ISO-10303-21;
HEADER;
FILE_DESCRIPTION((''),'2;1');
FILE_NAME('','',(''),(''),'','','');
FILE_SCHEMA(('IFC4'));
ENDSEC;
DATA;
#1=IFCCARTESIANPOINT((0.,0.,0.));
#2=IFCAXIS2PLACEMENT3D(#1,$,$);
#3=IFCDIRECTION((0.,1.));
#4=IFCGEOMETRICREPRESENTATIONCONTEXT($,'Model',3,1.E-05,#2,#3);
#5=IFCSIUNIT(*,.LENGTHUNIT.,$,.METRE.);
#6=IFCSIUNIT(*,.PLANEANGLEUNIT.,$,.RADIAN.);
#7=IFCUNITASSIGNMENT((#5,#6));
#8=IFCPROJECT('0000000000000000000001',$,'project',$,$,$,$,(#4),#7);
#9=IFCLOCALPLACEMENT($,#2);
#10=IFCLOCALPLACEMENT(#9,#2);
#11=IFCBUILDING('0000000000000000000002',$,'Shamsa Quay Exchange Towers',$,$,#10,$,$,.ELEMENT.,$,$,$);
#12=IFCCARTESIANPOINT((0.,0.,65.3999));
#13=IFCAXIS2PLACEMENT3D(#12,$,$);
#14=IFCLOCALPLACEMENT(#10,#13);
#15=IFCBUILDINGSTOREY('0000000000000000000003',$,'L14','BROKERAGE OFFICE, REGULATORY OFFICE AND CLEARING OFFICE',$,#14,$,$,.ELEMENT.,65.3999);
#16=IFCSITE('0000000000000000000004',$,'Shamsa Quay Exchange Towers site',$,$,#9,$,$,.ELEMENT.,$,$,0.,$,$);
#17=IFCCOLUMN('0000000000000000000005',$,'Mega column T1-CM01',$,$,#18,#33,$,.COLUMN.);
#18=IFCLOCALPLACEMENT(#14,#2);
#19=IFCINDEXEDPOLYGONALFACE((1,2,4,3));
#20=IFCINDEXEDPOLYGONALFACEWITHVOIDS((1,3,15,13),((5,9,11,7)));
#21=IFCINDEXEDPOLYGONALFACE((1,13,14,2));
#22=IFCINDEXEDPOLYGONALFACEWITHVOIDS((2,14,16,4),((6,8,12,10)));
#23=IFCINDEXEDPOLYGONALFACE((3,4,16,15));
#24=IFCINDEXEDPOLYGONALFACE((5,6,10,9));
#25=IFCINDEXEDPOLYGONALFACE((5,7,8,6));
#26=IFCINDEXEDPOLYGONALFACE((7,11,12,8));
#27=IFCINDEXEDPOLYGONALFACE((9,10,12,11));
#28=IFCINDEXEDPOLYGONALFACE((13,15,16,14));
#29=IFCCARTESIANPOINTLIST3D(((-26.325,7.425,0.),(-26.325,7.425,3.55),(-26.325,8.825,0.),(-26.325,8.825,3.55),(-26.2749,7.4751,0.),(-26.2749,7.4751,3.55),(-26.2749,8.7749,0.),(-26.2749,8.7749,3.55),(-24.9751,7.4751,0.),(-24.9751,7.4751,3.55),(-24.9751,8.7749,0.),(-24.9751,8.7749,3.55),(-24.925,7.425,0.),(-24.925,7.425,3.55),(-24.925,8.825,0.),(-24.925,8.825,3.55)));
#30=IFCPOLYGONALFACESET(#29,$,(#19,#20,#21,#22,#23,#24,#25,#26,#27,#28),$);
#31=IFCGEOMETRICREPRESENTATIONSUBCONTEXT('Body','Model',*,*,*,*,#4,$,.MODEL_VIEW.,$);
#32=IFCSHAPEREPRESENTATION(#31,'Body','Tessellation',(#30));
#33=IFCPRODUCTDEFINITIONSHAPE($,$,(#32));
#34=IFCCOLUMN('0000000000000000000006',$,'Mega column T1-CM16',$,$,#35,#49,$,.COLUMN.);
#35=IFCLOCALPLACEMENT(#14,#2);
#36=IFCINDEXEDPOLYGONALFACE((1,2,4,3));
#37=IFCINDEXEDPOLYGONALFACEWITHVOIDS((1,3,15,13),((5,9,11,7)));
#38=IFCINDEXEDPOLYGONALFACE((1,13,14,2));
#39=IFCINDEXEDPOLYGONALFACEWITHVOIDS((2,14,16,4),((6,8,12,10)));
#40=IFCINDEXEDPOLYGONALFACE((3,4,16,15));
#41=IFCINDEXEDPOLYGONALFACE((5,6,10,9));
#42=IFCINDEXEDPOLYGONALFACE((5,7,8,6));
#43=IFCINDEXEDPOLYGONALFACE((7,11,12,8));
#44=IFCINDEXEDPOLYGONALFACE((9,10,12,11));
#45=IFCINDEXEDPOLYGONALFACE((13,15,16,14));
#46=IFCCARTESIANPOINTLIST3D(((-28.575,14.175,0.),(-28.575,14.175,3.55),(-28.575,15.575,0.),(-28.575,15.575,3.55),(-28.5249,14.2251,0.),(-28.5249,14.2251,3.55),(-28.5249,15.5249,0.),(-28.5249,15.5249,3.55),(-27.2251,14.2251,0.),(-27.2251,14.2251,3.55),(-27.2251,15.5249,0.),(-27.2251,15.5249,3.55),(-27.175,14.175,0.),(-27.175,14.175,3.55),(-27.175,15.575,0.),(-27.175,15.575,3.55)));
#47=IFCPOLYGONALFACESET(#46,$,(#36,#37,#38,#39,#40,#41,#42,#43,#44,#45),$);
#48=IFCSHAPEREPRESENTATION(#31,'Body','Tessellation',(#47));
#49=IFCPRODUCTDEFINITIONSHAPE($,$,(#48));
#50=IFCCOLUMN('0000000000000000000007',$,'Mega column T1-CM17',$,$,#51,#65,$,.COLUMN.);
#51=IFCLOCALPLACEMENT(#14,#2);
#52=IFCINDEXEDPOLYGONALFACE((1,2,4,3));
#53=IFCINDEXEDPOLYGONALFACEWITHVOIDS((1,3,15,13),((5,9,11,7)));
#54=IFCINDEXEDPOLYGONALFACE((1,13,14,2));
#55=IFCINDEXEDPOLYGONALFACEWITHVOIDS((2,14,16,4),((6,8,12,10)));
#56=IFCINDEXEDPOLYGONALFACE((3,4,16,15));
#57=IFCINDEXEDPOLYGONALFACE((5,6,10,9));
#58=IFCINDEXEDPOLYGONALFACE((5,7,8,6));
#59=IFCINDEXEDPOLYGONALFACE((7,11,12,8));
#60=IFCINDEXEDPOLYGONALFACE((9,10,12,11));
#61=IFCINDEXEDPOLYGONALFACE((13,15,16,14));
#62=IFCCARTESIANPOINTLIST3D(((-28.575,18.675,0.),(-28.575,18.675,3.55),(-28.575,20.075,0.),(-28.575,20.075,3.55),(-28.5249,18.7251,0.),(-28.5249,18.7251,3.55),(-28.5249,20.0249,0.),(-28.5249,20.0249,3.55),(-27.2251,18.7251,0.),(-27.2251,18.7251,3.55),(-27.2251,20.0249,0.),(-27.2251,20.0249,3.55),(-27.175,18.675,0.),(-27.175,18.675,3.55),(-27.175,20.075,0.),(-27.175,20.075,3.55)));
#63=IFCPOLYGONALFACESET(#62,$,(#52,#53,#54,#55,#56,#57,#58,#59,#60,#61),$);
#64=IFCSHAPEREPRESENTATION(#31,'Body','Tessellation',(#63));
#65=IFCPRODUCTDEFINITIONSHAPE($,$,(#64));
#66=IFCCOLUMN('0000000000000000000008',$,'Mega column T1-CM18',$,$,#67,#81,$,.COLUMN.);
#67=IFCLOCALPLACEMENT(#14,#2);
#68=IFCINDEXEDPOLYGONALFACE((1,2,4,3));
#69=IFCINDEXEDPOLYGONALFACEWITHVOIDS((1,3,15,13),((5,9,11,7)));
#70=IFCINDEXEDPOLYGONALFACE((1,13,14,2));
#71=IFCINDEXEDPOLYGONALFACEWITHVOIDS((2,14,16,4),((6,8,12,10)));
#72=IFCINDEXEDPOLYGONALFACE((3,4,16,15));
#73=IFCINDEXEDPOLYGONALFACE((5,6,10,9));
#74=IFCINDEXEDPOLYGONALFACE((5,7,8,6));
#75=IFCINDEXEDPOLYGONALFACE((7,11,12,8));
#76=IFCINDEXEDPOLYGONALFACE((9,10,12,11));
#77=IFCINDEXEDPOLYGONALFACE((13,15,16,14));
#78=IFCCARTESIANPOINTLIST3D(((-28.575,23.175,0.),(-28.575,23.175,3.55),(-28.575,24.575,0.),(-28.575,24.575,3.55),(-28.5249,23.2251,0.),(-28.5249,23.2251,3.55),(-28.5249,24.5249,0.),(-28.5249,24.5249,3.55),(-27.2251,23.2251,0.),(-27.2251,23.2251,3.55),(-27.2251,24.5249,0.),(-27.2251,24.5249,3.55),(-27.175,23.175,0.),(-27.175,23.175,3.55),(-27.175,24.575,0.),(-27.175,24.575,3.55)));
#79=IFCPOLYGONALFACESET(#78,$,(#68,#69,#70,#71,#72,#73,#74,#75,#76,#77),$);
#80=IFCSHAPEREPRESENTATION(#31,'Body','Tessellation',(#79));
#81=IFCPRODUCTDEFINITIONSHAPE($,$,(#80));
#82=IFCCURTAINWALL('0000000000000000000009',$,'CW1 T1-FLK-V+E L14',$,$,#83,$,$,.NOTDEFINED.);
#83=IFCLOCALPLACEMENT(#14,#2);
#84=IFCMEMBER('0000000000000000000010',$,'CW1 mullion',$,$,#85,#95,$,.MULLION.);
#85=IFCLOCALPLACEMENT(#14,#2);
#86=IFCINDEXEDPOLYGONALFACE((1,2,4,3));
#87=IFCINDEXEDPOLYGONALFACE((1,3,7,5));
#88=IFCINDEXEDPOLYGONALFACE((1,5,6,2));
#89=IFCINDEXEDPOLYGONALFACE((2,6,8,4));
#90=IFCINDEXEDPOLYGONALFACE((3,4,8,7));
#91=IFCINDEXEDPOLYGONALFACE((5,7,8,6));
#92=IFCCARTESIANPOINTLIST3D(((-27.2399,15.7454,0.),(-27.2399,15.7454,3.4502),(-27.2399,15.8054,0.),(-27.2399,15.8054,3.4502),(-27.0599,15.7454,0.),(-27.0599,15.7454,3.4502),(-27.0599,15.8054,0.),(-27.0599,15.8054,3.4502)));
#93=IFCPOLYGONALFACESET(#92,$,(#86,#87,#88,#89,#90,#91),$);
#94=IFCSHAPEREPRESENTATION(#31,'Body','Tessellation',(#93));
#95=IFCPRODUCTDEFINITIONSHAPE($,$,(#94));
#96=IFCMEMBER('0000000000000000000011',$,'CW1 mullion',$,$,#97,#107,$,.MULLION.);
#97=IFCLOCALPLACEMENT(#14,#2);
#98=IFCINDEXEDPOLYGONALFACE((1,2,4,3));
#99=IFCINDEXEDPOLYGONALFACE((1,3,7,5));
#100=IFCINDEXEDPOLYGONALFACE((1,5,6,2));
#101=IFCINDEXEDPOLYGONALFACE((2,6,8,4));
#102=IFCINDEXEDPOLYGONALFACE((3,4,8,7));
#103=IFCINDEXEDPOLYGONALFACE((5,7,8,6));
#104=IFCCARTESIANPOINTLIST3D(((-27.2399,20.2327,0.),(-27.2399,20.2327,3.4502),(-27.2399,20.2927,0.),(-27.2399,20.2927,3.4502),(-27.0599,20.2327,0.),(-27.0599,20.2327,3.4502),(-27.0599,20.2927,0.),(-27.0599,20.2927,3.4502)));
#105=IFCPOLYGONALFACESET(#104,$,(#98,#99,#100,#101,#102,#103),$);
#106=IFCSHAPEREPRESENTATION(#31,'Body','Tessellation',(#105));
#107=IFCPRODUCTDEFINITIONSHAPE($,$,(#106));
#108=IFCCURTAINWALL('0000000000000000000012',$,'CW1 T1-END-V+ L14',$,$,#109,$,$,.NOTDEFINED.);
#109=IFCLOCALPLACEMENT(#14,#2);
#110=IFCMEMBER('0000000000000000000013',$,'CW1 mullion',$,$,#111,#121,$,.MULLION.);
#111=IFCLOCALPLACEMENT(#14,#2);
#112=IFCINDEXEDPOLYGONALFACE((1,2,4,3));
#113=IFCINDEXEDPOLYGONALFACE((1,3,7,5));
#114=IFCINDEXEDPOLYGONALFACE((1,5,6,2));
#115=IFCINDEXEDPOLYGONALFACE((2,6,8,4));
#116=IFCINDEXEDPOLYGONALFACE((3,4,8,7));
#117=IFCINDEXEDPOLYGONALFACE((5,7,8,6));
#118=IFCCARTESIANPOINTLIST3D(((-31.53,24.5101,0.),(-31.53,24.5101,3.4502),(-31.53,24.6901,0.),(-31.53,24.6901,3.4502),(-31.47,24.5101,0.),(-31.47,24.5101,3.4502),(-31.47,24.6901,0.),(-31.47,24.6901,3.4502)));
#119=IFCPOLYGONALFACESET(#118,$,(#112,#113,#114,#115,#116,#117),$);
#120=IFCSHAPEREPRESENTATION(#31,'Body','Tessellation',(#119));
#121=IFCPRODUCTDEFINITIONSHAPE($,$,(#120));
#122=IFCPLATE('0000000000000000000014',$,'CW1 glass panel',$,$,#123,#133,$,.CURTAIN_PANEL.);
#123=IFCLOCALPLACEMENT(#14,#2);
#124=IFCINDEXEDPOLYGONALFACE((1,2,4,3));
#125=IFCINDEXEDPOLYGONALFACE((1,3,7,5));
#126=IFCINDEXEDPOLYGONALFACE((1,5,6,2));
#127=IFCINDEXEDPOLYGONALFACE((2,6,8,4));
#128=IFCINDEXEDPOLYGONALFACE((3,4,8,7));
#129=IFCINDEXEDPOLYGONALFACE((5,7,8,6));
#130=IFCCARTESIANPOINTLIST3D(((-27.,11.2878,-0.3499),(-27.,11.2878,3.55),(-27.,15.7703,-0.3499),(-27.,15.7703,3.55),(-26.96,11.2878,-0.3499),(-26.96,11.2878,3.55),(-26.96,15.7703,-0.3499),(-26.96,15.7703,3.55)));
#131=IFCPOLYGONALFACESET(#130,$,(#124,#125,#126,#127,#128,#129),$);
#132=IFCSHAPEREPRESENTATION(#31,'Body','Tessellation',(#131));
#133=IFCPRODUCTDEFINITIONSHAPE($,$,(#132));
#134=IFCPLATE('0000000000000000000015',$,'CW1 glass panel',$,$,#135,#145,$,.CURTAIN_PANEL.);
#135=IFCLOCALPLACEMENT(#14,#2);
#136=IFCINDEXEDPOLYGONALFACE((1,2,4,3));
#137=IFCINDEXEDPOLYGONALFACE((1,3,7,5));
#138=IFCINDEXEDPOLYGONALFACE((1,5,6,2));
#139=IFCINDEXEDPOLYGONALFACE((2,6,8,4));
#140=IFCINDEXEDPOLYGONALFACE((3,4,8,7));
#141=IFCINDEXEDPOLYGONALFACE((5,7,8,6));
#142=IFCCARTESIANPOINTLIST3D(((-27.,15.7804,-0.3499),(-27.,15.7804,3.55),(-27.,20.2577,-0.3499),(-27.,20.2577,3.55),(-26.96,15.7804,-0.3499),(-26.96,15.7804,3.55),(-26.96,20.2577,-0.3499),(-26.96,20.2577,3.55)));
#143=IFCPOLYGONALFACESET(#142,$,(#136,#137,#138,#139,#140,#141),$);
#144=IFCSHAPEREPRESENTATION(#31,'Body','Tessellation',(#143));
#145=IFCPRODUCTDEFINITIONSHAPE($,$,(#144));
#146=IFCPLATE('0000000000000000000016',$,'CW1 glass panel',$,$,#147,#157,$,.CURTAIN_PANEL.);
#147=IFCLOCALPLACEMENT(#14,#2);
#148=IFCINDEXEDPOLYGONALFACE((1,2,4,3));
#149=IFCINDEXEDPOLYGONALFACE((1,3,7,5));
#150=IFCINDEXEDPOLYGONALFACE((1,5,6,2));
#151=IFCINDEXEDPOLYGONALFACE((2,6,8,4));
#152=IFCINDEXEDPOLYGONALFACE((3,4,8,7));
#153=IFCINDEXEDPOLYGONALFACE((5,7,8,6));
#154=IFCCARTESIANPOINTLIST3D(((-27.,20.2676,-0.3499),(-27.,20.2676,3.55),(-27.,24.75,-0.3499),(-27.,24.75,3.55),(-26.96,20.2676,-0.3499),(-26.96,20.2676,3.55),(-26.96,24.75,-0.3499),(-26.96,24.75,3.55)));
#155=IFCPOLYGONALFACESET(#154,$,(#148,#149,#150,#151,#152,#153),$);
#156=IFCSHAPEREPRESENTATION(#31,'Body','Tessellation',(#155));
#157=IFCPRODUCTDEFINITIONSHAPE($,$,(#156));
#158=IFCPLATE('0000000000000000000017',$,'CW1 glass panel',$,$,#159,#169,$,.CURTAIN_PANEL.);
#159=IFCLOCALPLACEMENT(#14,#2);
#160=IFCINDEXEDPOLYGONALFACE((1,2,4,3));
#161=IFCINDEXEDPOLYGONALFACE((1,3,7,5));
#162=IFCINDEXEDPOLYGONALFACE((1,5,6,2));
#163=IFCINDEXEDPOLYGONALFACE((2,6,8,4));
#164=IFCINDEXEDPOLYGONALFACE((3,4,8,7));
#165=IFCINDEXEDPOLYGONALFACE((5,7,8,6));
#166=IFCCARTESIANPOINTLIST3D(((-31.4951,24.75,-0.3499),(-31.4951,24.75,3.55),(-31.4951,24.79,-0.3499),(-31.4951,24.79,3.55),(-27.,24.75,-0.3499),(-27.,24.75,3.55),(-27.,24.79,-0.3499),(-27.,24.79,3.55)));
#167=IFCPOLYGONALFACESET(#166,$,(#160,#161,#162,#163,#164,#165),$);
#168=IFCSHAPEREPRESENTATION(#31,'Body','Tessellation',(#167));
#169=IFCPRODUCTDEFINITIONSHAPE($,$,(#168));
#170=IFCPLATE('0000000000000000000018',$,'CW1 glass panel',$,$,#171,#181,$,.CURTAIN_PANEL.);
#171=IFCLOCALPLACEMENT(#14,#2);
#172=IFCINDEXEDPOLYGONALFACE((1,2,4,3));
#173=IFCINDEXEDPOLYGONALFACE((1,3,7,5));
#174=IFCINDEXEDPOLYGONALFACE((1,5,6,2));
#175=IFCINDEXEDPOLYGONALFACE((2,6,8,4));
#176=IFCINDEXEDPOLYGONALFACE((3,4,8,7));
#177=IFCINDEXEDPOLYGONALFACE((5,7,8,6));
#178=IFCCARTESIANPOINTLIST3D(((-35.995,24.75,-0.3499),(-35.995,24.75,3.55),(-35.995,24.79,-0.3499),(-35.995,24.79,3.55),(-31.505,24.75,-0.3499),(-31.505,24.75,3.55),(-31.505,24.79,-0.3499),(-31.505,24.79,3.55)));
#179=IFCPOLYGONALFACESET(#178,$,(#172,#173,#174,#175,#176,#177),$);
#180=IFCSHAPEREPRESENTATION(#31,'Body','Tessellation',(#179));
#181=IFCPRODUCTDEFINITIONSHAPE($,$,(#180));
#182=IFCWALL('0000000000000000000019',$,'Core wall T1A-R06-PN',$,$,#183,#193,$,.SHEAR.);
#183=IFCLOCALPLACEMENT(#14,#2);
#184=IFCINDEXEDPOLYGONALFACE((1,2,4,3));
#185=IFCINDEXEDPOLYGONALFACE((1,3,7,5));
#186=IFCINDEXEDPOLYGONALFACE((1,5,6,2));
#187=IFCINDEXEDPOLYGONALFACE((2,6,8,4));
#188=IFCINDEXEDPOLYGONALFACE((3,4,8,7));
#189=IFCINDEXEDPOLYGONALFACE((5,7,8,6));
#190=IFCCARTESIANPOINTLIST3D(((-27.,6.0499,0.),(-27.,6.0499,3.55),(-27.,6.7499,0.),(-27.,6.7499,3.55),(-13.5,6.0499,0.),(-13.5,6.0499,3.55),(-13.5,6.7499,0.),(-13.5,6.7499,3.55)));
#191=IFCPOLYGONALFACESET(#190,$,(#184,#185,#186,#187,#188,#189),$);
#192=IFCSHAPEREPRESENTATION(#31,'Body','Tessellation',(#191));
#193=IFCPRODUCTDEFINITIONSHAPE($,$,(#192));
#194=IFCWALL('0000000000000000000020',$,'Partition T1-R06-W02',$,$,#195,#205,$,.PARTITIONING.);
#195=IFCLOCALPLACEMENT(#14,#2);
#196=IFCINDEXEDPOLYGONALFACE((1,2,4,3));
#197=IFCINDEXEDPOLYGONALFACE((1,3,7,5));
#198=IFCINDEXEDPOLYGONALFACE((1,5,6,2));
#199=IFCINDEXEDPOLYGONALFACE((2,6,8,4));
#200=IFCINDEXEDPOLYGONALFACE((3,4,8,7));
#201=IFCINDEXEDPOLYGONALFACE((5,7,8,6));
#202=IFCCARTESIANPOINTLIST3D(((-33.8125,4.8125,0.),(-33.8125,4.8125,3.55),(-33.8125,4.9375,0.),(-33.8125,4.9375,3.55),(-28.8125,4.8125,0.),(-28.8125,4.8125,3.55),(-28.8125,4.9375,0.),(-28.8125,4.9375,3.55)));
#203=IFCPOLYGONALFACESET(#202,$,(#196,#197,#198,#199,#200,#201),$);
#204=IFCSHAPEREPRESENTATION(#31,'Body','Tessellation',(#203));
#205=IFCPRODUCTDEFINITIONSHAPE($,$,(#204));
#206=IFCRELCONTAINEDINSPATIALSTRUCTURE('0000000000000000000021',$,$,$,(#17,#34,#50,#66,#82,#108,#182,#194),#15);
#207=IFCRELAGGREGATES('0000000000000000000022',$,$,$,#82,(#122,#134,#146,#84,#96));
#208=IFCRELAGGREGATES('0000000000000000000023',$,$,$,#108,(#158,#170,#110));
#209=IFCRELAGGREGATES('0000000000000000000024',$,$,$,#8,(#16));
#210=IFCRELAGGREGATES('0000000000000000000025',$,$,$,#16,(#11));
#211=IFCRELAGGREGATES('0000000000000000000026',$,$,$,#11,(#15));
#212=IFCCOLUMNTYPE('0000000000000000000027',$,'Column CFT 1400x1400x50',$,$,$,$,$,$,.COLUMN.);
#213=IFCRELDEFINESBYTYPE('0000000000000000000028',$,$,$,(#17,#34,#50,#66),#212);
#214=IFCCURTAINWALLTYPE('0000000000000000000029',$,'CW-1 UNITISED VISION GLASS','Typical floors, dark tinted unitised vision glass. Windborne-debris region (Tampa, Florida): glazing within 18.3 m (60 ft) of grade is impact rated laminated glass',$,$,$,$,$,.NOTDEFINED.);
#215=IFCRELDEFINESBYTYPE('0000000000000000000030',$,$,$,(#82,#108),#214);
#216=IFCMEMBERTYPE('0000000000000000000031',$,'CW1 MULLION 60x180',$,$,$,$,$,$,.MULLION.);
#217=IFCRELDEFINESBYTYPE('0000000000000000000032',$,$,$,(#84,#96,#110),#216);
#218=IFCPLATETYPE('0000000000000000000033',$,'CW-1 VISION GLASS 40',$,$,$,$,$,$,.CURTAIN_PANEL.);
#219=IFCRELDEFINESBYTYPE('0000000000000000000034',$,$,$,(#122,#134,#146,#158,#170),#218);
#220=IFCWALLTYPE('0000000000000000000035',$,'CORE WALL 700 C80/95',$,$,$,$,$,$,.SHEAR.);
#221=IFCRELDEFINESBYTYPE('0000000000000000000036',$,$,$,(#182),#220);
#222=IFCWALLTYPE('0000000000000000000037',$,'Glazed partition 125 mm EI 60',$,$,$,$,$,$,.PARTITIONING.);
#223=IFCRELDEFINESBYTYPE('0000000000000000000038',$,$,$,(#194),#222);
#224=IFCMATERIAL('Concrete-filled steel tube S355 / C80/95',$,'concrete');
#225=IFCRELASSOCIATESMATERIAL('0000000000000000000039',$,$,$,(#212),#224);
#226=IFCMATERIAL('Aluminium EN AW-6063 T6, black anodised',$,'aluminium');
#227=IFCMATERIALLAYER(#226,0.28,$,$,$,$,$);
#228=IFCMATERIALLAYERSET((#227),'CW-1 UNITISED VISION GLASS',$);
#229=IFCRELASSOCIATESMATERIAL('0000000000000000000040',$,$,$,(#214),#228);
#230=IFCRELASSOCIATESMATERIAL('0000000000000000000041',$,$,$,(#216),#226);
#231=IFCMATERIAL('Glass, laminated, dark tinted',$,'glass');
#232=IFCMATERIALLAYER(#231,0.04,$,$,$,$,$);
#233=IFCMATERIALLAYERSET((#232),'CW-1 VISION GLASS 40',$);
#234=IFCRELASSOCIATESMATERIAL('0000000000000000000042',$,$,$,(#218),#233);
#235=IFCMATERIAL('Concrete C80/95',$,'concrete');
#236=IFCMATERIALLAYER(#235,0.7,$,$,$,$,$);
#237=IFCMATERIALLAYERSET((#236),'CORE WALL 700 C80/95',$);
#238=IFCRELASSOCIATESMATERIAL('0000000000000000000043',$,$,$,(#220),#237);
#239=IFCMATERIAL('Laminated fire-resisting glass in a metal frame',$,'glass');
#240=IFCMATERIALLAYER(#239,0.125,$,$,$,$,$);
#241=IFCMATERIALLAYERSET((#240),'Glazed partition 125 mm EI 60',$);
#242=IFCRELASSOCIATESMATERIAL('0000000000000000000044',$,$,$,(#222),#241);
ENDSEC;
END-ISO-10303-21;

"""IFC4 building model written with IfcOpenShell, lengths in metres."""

from ifc_helpers import new_model, si_unit, direction, frame, frame_2d, origin, origin_2d, place, context, subcontext, project, spatial, rectangle, hollow_rectangle, extrude, material, layer, layer_set, material_profile, profile_set, type_object, element, aggregate, save


model = new_model("IFC4")

# Units and contexts
model_context = context("Model", 3, precision=1e-05, world=origin(), true_north=direction((0.0, 1.0)))
body_context = subcontext(model_context, "Body", "Model", "MODEL_VIEW")
ifc_project = project(units=[si_unit("LENGTHUNIT", "METRE"), si_unit("PLANEANGLEUNIT", "RADIAN")], contexts=[model_context])

# Site, building, storey
site_placement = place(None, origin())
site = spatial("IfcSite", under=ifc_project, at=site_placement, Name="Shamsa Quay Exchange Towers site", CompositionType="ELEMENT", RefElevation=0.0)
building_placement = place(site_placement, origin())
building = spatial("IfcBuilding", under=site, at=building_placement, Name="Shamsa Quay Exchange Towers", CompositionType="ELEMENT")
storey_placement = place(building_placement, frame((0.0, 0.0, 65.3999)))
storey = spatial("IfcBuildingStorey", under=building, at=storey_placement, Name="L14", Description="BROKERAGE OFFICE, REGULATORY OFFICE AND CLEARING OFFICE", CompositionType="ELEMENT", Elevation=65.3999)

# Columns
ifc_material_1 = material(Name="Concrete-filled steel tube S355 / C80/95", Category="concrete")
ifc_material_profile_1 = material_profile(ifc_material_1, hollow_rectangle(XDim=1.3999, YDim=1.3999, WallThickness=0.05, at=origin_2d()), Name="CFT 1400x1400x50")
ifc_profile_set_1 = profile_set([ifc_material_profile_1], Name="Concrete-filled steel tube S355 / C80/95")
column_type = type_object("IfcColumnType", Name="Column CFT 1400x1400x50", PredefinedType="COLUMN", material=ifc_profile_set_1)
for number, where, name in (
    (1, (-25.625, 8.125, 0.0), "Mega column T1-CM01"),
    (2, (-27.875, 14.875, 0.0), "Mega column T1-CM16"),
    (3, (-27.875, 19.375, 0.0), "Mega column T1-CM17"),
    (4, (-27.875, 23.875, 0.0), "Mega column T1-CM18"),
):
    element("IfcColumn", number, at=place(storey_placement, frame(where)), inside=storey, type_object=column_type, Name=name, PredefinedType="COLUMN", context=body_context, shape_type="SweptSolid", body=[
        extrude(hollow_rectangle(XDim=1.3999, YDim=1.3999, WallThickness=0.05, at=origin_2d()), origin(), (0.0, 0.0, 1.0), 3.55),
    ])

# Curtain wall, members
ifc_material_2 = material(Name="Aluminium EN AW-6063 T6, black anodised", Category="aluminium")
ifc_layer_1 = layer(ifc_material_2, 0.28)
ifc_layer_set_1 = layer_set([ifc_layer_1], Name="CW-1 UNITISED VISION GLASS")
curtain_wall_type = type_object("IfcCurtainWallType", Name="CW-1 UNITISED VISION GLASS", Description="Typical floors, dark tinted unitised vision glass. Windborne-debris region (Tampa, Florida): glazing within 18.3 m (60 ft) of grade is impact rated laminated glass", PredefinedType="NOTDEFINED", material=ifc_layer_set_1)
curtain_wall_1_placement = place(storey_placement, origin())
curtain_wall_1 = element("IfcCurtainWall", 5, at=curtain_wall_1_placement, inside=storey, type_object=curtain_wall_type, Name="CW1 T1-FLK-V+E L14", PredefinedType="NOTDEFINED")
ifc_material_profile_2 = material_profile(ifc_material_2, rectangle(XDim=0.1799, YDim=0.0601, at=origin_2d()), Name="MU60x180")
ifc_profile_set_2 = profile_set([ifc_material_profile_2], Name="Aluminium EN AW-6063 T6, black anodised")
member_type = type_object("IfcMemberType", Name="CW1 MULLION 60x180", PredefinedType="MULLION", material=ifc_profile_set_2)
member_1_placement = place(storey_placement, frame((-27.1499, 15.7754, 0.0), z_axis=(0.0, 0.0, 1.0), x_axis=(-1.0, 0.0, 0.0)))
member_1 = element("IfcMember", 6, at=member_1_placement, type_object=member_type, Name="CW1 mullion", PredefinedType="MULLION", context=body_context, shape_type="SweptSolid", body=[
    extrude(rectangle(XDim=0.1799, YDim=0.0601, at=origin_2d()), origin(), (0.0, 0.0, 1.0), 3.4502),
])
member_2_placement = place(storey_placement, frame((-27.1499, 20.2627, 0.0), z_axis=(0.0, 0.0, 1.0), x_axis=(-1.0, 0.0, 0.0)))
member_2 = element("IfcMember", 7, at=member_2_placement, type_object=member_type, Name="CW1 mullion", PredefinedType="MULLION", context=body_context, shape_type="SweptSolid", body=[
    extrude(rectangle(XDim=0.1799, YDim=0.0601, at=origin_2d()), origin(), (0.0, 0.0, 1.0), 3.4502),
])

# Curtain wall, member
curtain_wall_2_placement = place(storey_placement, origin())
curtain_wall_2 = element("IfcCurtainWall", 8, at=curtain_wall_2_placement, inside=storey, type_object=curtain_wall_type, Name="CW1 T1-END-V+ L14", PredefinedType="NOTDEFINED")
member_3_placement = place(storey_placement, frame((-31.5, 24.6001, 0.0), z_axis=(0.0, 0.0, 1.0), x_axis=(0.0, -1.0, 0.0)))
member_3 = element("IfcMember", 9, at=member_3_placement, type_object=member_type, Name="CW1 mullion", PredefinedType="MULLION", context=body_context, shape_type="SweptSolid", body=[
    extrude(rectangle(XDim=0.1799, YDim=0.0601, at=origin_2d()), origin(), (0.0, 0.0, 1.0), 3.4502),
])

# Plates
ifc_material_3 = material(Name="Glass, laminated, dark tinted", Category="glass")
ifc_layer_2 = layer(ifc_material_3, 0.04)
ifc_layer_set_2 = layer_set([ifc_layer_2], Name="CW-1 VISION GLASS 40")
plate_type = type_object("IfcPlateType", Name="CW-1 VISION GLASS 40", PredefinedType="CURTAIN_PANEL", material=ifc_layer_set_2)
plate_1_placement = place(storey_placement, frame((-26.98, 13.5291, -0.3499), z_axis=(0.0, 0.0, 1.0), x_axis=(0.0, 1.0, 0.0)))
plate_1 = element("IfcPlate", 10, at=plate_1_placement, type_object=plate_type, Name="CW1 glass panel", PredefinedType="CURTAIN_PANEL", context=body_context, shape_type="SweptSolid", body=[
    extrude(rectangle(XDim=4.4824, YDim=0.04, at=origin_2d()), origin(), (0.0, 0.0, 1.0), 3.8999),
])
plate_2_placement = place(storey_placement, frame((-26.98, 18.019, -0.3499), z_axis=(0.0, 0.0, 1.0), x_axis=(0.0, 1.0, 0.0)))
plate_2 = element("IfcPlate", 11, at=plate_2_placement, type_object=plate_type, Name="CW1 glass panel", PredefinedType="CURTAIN_PANEL", context=body_context, shape_type="SweptSolid", body=[
    extrude(rectangle(XDim=4.4773, YDim=0.04, at=origin_2d()), origin(), (0.0, 0.0, 1.0), 3.8999),
])
plate_3_placement = place(storey_placement, frame((-26.98, 22.5088, -0.3499), z_axis=(0.0, 0.0, 1.0), x_axis=(0.0, 1.0, 0.0)))
plate_3 = element("IfcPlate", 12, at=plate_3_placement, type_object=plate_type, Name="CW1 glass panel", PredefinedType="CURTAIN_PANEL", context=body_context, shape_type="SweptSolid", body=[
    extrude(rectangle(XDim=4.4824, YDim=0.04, at=origin_2d()), origin(), (0.0, 0.0, 1.0), 3.8999),
])
aggregate(curtain_wall_1, [plate_1, plate_2, plate_3, member_1, member_2])
plate_4_placement = place(storey_placement, frame((-29.2476, 24.77, -0.3499), z_axis=(0.0, 0.0, 1.0), x_axis=(-1.0, 0.0, 0.0)))
plate_4 = element("IfcPlate", 13, at=plate_4_placement, type_object=plate_type, Name="CW1 glass panel", PredefinedType="CURTAIN_PANEL", context=body_context, shape_type="SweptSolid", body=[
    extrude(rectangle(XDim=4.4951, YDim=0.04, at=origin_2d()), origin(), (0.0, 0.0, 1.0), 3.8999),
])
plate_5_placement = place(storey_placement, frame((-33.75, 24.77, -0.3499), z_axis=(0.0, 0.0, 1.0), x_axis=(-1.0, 0.0, 0.0)))
plate_5 = element("IfcPlate", 14, at=plate_5_placement, type_object=plate_type, Name="CW1 glass panel", PredefinedType="CURTAIN_PANEL", context=body_context, shape_type="SweptSolid", body=[
    extrude(rectangle(XDim=4.49, YDim=0.04, at=origin_2d()), origin(), (0.0, 0.0, 1.0), 3.8999),
])
aggregate(curtain_wall_2, [plate_4, plate_5, member_3])

# Wall
ifc_material_4 = material(Name="Concrete C80/95", Category="concrete")
ifc_layer_3 = layer(ifc_material_4, 0.7)
ifc_layer_set_3 = layer_set([ifc_layer_3], Name="CORE WALL 700 C80/95")
wall_type_1 = type_object("IfcWallType", Name="CORE WALL 700 C80/95", PredefinedType="SHEAR", material=ifc_layer_set_3)
wall_1_placement = place(storey_placement, frame((-27.0, 6.3999, 0.0)))
element("IfcWall", 15, at=wall_1_placement, inside=storey, type_object=wall_type_1, Name="Core wall T1A-R06-PN", PredefinedType="SHEAR", context=body_context, shape_type="SweptSolid", body=[
    extrude(rectangle(XDim=13.5, YDim=0.7, at=frame_2d((6.75, 0.0))), origin(), (0.0, 0.0, 1.0), 3.55),
])

# Wall
ifc_material_5 = material(Name="Laminated fire-resisting glass in a metal frame", Category="glass")
ifc_layer_4 = layer(ifc_material_5, 0.125)
ifc_layer_set_4 = layer_set([ifc_layer_4], Name="Glazed partition 125 mm EI 60")
wall_type_2 = type_object("IfcWallType", Name="Glazed partition 125 mm EI 60", PredefinedType="PARTITIONING", material=ifc_layer_set_4)
wall_2_placement = place(storey_placement, frame((-28.8125, 4.875, 0.0), z_axis=(0.0, 0.0, 1.0), x_axis=(-1.0, 0.0, 0.0)))
element("IfcWall", 16, at=wall_2_placement, inside=storey, type_object=wall_type_2, Name="Partition T1-R06-W02", PredefinedType="PARTITIONING", context=body_context, shape_type="SweptSolid", body=[
    extrude(rectangle(XDim=5.0, YDim=0.125, at=frame_2d((2.5, 0.0))), origin(), (0.0, 0.0, 1.0), 3.55),
])

save(model, "model.ifc")
